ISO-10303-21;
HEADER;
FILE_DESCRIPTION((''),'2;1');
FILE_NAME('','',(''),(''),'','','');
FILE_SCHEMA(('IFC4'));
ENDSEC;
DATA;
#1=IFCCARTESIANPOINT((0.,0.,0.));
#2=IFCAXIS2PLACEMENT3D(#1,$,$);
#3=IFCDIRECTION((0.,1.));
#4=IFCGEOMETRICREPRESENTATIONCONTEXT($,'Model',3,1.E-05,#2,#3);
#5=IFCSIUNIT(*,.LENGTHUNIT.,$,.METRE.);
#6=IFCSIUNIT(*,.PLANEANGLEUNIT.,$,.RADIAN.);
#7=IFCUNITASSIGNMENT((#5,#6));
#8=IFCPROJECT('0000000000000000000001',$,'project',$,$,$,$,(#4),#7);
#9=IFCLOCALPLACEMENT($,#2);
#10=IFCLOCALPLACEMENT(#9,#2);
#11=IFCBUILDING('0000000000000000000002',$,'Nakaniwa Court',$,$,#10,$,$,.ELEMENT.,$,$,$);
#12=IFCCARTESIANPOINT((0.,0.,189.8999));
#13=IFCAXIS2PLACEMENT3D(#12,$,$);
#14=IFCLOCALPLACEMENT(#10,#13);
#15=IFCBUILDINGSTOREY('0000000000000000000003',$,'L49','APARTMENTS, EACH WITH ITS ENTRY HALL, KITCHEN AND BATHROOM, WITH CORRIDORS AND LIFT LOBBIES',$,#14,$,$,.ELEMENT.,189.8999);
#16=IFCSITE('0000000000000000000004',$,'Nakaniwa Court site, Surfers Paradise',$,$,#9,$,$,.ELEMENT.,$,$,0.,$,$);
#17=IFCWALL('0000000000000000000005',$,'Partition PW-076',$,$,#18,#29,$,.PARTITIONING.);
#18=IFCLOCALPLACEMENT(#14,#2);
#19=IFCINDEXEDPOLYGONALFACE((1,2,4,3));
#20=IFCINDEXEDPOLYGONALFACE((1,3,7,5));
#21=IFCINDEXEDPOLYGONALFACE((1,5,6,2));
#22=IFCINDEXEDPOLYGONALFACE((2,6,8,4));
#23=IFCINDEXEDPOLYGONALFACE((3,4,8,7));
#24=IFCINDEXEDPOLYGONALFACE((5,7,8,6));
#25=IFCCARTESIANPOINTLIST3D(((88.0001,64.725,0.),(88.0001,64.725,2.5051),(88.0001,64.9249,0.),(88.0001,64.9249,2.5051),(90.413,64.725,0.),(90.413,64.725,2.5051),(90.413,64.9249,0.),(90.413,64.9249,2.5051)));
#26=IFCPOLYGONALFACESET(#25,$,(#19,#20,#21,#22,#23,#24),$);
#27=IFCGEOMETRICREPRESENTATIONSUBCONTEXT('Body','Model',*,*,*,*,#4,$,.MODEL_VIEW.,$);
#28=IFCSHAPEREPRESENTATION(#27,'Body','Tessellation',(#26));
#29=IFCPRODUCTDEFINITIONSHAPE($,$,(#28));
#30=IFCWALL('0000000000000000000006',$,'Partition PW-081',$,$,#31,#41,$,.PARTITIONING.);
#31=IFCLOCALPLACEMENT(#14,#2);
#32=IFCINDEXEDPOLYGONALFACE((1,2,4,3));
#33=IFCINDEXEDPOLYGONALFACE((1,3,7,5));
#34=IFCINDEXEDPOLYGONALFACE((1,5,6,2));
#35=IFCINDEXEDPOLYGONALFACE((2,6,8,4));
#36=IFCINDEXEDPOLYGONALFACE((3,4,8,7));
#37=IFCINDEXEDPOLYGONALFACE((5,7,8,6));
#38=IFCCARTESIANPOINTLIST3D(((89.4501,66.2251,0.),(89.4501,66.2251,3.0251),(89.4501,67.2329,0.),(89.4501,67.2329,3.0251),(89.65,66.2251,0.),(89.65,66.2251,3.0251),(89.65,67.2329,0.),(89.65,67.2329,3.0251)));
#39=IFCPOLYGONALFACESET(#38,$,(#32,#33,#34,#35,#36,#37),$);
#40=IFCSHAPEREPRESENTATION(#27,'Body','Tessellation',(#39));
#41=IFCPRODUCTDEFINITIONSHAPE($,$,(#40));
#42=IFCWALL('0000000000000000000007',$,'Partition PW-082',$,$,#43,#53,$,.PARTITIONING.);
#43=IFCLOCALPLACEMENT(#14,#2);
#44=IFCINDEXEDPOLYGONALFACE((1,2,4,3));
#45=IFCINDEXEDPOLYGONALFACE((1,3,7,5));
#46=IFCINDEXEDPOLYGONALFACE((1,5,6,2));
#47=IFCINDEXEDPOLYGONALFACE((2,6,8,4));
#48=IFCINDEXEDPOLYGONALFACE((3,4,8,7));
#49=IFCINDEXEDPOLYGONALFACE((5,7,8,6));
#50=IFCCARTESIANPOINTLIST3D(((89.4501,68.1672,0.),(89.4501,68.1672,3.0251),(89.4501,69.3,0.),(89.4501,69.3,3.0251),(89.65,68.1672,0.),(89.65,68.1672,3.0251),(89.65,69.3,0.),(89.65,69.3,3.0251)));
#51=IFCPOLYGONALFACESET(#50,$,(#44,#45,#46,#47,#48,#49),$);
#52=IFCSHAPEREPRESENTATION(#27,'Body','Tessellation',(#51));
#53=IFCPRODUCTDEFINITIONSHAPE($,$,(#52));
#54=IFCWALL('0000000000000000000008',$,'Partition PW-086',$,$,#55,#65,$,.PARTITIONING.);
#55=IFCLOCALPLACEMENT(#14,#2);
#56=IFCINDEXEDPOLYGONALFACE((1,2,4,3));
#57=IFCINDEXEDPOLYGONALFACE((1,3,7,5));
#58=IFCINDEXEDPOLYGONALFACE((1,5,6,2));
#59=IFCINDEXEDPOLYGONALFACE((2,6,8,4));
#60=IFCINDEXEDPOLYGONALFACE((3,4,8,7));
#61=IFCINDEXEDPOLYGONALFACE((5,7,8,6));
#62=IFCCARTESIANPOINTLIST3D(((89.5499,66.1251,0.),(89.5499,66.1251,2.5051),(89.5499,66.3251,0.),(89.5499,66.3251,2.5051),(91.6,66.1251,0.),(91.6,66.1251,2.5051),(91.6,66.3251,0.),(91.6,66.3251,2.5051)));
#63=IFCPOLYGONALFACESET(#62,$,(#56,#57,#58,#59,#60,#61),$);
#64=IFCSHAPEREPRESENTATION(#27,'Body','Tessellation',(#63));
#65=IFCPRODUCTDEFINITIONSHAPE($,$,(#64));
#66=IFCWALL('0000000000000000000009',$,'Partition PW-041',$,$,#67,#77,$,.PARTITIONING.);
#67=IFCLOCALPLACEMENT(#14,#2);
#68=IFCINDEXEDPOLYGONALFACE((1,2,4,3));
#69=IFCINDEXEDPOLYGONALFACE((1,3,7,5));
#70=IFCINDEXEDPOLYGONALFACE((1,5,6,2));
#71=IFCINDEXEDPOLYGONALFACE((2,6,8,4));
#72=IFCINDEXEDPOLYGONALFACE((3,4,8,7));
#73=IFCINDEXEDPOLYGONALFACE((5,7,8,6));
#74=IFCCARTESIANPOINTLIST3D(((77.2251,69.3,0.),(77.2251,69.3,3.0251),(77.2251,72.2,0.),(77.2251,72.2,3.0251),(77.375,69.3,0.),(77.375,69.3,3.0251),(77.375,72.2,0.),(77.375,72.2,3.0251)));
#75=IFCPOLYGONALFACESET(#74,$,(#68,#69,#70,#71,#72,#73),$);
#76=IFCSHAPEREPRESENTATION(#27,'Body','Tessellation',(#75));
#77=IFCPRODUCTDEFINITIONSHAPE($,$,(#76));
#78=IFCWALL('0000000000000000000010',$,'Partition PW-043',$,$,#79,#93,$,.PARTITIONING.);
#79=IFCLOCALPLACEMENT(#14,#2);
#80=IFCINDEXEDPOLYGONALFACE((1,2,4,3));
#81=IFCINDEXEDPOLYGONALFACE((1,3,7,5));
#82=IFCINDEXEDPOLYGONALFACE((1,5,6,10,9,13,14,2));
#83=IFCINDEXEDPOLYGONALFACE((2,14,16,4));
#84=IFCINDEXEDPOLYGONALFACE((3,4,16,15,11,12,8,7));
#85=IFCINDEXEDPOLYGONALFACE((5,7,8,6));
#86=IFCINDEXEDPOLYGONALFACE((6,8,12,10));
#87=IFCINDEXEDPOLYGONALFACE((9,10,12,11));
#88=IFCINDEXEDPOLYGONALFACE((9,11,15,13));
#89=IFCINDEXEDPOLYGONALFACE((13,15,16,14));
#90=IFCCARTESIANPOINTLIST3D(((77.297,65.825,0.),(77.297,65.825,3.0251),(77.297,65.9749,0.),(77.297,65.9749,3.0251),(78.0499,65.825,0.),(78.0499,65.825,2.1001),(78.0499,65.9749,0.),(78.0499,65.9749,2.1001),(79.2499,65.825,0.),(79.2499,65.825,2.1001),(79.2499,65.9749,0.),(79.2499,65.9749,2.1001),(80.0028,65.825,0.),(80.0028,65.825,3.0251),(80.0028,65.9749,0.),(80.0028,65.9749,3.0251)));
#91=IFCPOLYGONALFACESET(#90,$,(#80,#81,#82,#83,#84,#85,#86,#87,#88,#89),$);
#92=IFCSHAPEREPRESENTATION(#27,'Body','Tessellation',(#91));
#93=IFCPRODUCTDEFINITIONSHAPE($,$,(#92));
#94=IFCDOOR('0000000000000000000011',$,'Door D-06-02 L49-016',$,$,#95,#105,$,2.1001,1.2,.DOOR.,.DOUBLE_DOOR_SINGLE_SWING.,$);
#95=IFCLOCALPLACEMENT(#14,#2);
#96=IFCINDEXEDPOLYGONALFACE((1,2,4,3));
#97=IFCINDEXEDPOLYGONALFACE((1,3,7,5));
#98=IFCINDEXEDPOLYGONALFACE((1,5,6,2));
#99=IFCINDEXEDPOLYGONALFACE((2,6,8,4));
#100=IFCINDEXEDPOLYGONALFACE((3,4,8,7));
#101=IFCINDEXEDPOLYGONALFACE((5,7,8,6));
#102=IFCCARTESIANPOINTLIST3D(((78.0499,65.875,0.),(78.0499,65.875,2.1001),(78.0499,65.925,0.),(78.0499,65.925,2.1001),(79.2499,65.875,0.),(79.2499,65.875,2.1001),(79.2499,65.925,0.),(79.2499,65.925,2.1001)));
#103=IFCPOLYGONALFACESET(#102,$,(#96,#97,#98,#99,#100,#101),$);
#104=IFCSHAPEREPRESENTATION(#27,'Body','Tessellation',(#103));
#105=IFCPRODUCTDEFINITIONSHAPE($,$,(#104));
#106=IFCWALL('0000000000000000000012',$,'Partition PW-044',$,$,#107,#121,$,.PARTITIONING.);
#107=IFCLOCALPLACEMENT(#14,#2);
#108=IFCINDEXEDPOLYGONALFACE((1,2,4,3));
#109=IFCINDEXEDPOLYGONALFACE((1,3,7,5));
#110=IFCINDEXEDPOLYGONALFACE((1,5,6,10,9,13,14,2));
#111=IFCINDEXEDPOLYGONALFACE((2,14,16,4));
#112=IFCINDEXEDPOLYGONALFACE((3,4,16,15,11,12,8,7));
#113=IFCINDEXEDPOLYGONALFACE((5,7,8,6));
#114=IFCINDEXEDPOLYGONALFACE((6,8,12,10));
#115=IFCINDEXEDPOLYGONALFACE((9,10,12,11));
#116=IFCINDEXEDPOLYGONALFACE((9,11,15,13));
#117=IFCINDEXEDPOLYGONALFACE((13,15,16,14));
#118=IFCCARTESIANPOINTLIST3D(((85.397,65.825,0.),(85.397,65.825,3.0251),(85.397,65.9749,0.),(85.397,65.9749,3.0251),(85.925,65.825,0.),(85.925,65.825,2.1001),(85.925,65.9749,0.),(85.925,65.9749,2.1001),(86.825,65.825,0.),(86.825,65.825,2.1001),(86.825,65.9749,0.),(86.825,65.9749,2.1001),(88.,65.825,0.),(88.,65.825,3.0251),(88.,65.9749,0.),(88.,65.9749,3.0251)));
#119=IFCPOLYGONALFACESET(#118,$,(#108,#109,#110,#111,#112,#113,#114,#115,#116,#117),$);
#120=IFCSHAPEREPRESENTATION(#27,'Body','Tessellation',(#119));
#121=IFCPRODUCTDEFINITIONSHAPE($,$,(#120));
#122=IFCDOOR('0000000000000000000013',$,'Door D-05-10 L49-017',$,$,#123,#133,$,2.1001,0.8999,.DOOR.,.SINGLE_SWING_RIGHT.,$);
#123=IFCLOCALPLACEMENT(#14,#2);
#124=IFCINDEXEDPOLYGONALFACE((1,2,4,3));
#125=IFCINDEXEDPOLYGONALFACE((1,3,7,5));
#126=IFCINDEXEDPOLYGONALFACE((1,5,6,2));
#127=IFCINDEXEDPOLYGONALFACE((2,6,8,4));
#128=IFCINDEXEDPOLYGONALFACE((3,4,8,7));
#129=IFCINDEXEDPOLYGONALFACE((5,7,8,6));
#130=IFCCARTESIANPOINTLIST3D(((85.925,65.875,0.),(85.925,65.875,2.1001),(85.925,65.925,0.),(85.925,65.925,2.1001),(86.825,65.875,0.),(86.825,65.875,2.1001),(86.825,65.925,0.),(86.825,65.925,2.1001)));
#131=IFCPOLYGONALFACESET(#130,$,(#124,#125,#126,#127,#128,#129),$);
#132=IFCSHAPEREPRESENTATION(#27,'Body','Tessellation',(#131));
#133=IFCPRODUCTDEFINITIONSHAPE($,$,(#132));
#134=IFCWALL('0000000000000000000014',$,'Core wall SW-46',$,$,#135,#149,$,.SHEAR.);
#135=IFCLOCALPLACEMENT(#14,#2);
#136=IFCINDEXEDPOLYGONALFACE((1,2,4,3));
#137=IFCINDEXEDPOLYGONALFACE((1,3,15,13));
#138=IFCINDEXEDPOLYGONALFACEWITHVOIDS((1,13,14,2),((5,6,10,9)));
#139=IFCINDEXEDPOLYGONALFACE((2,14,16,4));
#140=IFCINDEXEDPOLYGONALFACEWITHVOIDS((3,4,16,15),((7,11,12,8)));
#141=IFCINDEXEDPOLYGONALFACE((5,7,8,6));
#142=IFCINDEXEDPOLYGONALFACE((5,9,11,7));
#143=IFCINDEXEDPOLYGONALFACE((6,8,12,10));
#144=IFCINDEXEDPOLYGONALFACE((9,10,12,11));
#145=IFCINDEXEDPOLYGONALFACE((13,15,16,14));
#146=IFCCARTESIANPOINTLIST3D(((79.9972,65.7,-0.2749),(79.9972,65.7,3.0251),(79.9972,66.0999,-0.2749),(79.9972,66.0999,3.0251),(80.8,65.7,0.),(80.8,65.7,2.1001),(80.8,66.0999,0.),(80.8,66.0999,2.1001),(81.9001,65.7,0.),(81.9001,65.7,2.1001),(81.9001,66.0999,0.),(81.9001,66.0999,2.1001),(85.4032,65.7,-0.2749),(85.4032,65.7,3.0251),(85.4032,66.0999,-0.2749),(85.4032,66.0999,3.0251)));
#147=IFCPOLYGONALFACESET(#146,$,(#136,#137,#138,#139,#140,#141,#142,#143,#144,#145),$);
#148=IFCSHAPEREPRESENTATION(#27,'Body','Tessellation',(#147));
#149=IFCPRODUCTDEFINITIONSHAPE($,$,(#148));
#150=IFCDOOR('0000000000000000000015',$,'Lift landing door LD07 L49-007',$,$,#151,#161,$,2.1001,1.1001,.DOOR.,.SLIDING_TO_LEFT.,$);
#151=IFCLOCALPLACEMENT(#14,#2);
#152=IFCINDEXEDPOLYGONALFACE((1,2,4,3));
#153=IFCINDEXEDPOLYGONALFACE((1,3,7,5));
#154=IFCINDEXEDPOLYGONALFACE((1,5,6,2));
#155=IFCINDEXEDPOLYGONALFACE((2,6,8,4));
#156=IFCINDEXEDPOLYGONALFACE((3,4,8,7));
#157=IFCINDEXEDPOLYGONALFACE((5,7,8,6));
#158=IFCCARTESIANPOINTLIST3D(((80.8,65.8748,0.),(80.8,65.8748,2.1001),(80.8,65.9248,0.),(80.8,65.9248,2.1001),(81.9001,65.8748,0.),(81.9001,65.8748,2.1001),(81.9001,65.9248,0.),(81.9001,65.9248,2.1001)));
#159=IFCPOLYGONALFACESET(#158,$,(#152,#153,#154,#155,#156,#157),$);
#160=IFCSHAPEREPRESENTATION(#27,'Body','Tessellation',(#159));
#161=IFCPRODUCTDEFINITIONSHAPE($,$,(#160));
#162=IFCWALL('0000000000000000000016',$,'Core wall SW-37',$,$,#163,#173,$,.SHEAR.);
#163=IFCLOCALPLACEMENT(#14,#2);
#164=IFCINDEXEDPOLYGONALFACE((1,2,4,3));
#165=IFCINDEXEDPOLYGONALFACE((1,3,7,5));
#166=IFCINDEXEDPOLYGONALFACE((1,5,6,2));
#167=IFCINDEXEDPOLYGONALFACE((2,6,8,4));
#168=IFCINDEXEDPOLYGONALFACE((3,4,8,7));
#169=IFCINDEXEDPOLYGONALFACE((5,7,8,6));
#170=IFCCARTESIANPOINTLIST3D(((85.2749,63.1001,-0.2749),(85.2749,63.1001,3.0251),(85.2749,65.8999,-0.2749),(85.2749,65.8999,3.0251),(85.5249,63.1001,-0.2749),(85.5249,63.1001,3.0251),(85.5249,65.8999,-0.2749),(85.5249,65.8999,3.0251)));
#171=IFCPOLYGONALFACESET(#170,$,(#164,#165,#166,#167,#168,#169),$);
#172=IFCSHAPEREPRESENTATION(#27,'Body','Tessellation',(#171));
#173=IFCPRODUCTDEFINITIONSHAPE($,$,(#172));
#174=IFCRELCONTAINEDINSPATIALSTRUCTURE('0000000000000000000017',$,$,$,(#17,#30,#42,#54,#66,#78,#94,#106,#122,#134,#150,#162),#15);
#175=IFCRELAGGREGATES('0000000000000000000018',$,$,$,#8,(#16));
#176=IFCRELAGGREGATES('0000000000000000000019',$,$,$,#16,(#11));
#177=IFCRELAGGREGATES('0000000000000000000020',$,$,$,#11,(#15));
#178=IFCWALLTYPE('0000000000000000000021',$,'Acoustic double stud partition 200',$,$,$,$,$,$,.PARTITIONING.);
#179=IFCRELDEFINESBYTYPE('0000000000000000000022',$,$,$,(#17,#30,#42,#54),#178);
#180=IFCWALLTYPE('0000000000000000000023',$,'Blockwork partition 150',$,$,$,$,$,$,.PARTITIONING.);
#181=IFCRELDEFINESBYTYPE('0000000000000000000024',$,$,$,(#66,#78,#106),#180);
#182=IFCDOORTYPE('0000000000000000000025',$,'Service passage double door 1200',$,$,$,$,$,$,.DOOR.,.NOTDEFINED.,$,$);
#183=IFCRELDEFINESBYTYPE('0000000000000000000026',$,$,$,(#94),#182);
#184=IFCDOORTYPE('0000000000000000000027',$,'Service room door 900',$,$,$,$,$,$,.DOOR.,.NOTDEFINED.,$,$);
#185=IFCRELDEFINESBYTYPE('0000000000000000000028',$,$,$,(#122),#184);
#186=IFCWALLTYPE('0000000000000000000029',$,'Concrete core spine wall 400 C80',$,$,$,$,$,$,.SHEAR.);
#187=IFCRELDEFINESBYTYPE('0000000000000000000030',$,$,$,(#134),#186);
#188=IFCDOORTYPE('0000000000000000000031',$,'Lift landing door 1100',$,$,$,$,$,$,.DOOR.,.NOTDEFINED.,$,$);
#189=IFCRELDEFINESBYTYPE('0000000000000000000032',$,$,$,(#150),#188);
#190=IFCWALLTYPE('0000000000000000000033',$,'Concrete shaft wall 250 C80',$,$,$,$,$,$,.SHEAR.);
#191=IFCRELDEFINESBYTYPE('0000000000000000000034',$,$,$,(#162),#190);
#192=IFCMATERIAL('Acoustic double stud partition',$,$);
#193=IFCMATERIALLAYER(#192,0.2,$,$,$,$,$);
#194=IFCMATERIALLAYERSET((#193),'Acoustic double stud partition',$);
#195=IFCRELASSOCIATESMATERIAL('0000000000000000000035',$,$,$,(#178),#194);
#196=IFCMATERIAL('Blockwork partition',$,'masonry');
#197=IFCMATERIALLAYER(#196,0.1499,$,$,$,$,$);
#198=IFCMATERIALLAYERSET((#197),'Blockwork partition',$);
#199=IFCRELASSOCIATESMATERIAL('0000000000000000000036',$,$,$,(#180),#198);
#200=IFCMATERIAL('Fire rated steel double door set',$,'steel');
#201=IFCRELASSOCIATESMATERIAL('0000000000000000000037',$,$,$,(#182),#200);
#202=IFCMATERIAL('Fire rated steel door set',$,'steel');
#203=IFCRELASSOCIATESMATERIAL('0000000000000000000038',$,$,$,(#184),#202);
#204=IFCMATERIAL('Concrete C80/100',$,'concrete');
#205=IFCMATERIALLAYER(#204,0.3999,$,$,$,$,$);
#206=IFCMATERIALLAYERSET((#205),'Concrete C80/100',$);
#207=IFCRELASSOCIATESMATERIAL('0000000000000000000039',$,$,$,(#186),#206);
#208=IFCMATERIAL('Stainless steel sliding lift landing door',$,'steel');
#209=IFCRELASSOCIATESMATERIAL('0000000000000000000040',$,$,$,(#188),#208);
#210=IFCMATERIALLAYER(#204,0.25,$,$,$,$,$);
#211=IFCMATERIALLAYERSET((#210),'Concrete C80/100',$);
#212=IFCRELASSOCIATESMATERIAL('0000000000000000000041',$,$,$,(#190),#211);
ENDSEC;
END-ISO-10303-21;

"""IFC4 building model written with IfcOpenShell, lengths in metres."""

from ifc_helpers import new_model, si_unit, direction, frame, frame_2d, origin, place, context, subcontext, project, spatial, rectangle, extrude, material, layer, layer_set, type_object, element, fill, save


model = new_model("IFC4")

# Units and contexts
model_context = context("Model", 3, precision=1e-05, world=origin(), true_north=direction((0.0, 1.0)))
body_context = subcontext(model_context, "Body", "Model", "MODEL_VIEW")
ifc_project = project(units=[si_unit("LENGTHUNIT", "METRE"), si_unit("PLANEANGLEUNIT", "RADIAN")], contexts=[model_context])

# Site, building, storey
site_placement = place(None, origin())
site = spatial("IfcSite", under=ifc_project, at=site_placement, Name="Nakaniwa Court site, Surfers Paradise", CompositionType="ELEMENT", RefElevation=0.0)
building_placement = place(site_placement, origin())
building = spatial("IfcBuilding", under=site, at=building_placement, Name="Nakaniwa Court", CompositionType="ELEMENT")
storey_placement = place(building_placement, frame((0.0, 0.0, 189.8999)))
storey = spatial("IfcBuildingStorey", under=building, at=storey_placement, Name="L49", Description="APARTMENTS, EACH WITH ITS ENTRY HALL, KITCHEN AND BATHROOM, WITH CORRIDORS AND LIFT LOBBIES", CompositionType="ELEMENT", Elevation=189.8999)

# Walls
ifc_material_1 = material(Name="Acoustic double stud partition")
ifc_layer_1 = layer(ifc_material_1, 0.2)
ifc_layer_set_1 = layer_set([ifc_layer_1], Name="Acoustic double stud partition")
wall_type_1 = type_object("IfcWallType", Name="Acoustic double stud partition 200", PredefinedType="PARTITIONING", material=ifc_layer_set_1)
wall_1_placement = place(storey_placement, frame((88.0, 64.825, 0.0), z_axis=(0.0, 0.0, 1.0), x_axis=(1.0, 0.0, 0.0)))
element("IfcWall", 1, at=wall_1_placement, inside=storey, type_object=wall_type_1, Name="Partition PW-076", PredefinedType="PARTITIONING", context=body_context, shape_type="SweptSolid", body=[
    extrude(rectangle(XDim=2.4128, YDim=0.2, at=frame_2d((1.2065, 0.0))), origin(), (0.0, 0.0, 1.0), 2.5051),
])
wall_2_placement = place(storey_placement, frame((89.55, 66.2251, 0.0), z_axis=(0.0, 0.0, 1.0), x_axis=(0.0, 1.0, 0.0)))
element("IfcWall", 2, at=wall_2_placement, inside=storey, type_object=wall_type_1, Name="Partition PW-081", PredefinedType="PARTITIONING", context=body_context, shape_type="SweptSolid", body=[
    extrude(rectangle(XDim=1.0078, YDim=0.2, at=frame_2d((0.5039, 0.0))), origin(), (0.0, 0.0, 1.0), 3.0251),
])
wall_3_placement = place(storey_placement, frame((89.55, 68.1672, 0.0), z_axis=(0.0, 0.0, 1.0), x_axis=(0.0, 1.0, 0.0)))
element("IfcWall", 3, at=wall_3_placement, inside=storey, type_object=wall_type_1, Name="Partition PW-082", PredefinedType="PARTITIONING", context=body_context, shape_type="SweptSolid", body=[
    extrude(rectangle(XDim=1.1328, YDim=0.2, at=frame_2d((0.5664, 0.0))), origin(), (0.0, 0.0, 1.0), 3.0251),
])
wall_4_placement = place(storey_placement, frame((89.55, 66.2251, 0.0), z_axis=(0.0, 0.0, 1.0), x_axis=(1.0, 0.0, 0.0)))
element("IfcWall", 4, at=wall_4_placement, inside=storey, type_object=wall_type_1, Name="Partition PW-086", PredefinedType="PARTITIONING", context=body_context, shape_type="SweptSolid", body=[
    extrude(rectangle(XDim=2.05, YDim=0.2, at=frame_2d((1.0249, 0.0))), origin(), (0.0, 0.0, 1.0), 2.5051),
])
ifc_material_2 = material(Name="Blockwork partition", Category="masonry")
ifc_layer_2 = layer(ifc_material_2, 0.1499)
ifc_layer_set_2 = layer_set([ifc_layer_2], Name="Blockwork partition")
wall_type_2 = type_object("IfcWallType", Name="Blockwork partition 150", PredefinedType="PARTITIONING", material=ifc_layer_set_2)
wall_5_placement = place(storey_placement, frame((77.3, 69.3, 0.0), z_axis=(0.0, 0.0, 1.0), x_axis=(0.0, 1.0, 0.0)))
element("IfcWall", 5, at=wall_5_placement, inside=storey, type_object=wall_type_2, Name="Partition PW-041", PredefinedType="PARTITIONING", context=body_context, shape_type="SweptSolid", body=[
    extrude(rectangle(XDim=2.8999, YDim=0.1499, at=frame_2d((1.45, 0.0))), origin(), (0.0, 0.0, 1.0), 3.0251),
])

# Walls, openings, doors
wall_6_placement = place(storey_placement, frame((80.0029, 65.8999, 0.0), z_axis=(0.0, 0.0, 1.0), x_axis=(-1.0, 0.0, 0.0)))
wall_6 = element("IfcWall", 6, at=wall_6_placement, inside=storey, type_object=wall_type_2, Name="Partition PW-043", PredefinedType="PARTITIONING", context=body_context, shape_type="SweptSolid", body=[
    extrude(rectangle(XDim=2.7058, YDim=0.1499, at=frame_2d((1.353, 0.0))), origin(), (0.0, 0.0, 1.0), 3.0251),
])
opening_1_placement = place(wall_6_placement, frame((0.7529, 0.0, 0.0)))
opening_1 = element("IfcOpeningElement", 7, at=opening_1_placement, cuts=wall_6, PredefinedType="OPENING", context=body_context, shape_type="SweptSolid", body=[
    extrude(rectangle(XDim=1.2, YDim=2.1001, at=frame_2d((0.6001, 1.05))), frame((0.0, 0.085, 0.0), z_axis=(0.0, -1.0, 0.0), x_axis=(1.0, 0.0, 0.0)), (0.0, 0.0, 1.0), 0.1699),
])
ifc_material_3 = material(Name="Fire rated steel double door set", Category="steel")
door_type_1 = type_object("IfcDoorType", Name="Service passage double door 1200", OperationType="NOTDEFINED", PredefinedType="DOOR", material=ifc_material_3)
door_1_placement = place(opening_1_placement, origin())
door_1 = element("IfcDoor", 8, at=door_1_placement, inside=storey, type_object=door_type_1, Name="Door D-06-02 L49-016", OperationType="DOUBLE_DOOR_SINGLE_SWING", OverallHeight=2.1001, OverallWidth=1.2, PredefinedType="DOOR", context=body_context, shape_type="SweptSolid", body=[
    extrude(rectangle(XDim=1.2, YDim=2.1001, at=frame_2d((0.6001, 1.05))), frame((0.0, 0.0249, 0.0), z_axis=(0.0, -1.0, 0.0), x_axis=(1.0, 0.0, 0.0)), (0.0, 0.0, 1.0), 0.05),
])
fill(opening_1, door_1)
wall_7_placement = place(storey_placement, frame((88.0, 65.8999, 0.0), z_axis=(0.0, 0.0, 1.0), x_axis=(-1.0, 0.0, 0.0)))
wall_7 = element("IfcWall", 9, at=wall_7_placement, inside=storey, type_object=wall_type_2, Name="Partition PW-044", PredefinedType="PARTITIONING", context=body_context, shape_type="SweptSolid", body=[
    extrude(rectangle(XDim=2.603, YDim=0.1499, at=frame_2d((1.3015, 0.0))), origin(), (0.0, 0.0, 1.0), 3.0251),
])
opening_2_placement = place(wall_7_placement, frame((1.175, 0.0, 0.0)))
opening_2 = element("IfcOpeningElement", 10, at=opening_2_placement, cuts=wall_7, PredefinedType="OPENING", context=body_context, shape_type="SweptSolid", body=[
    extrude(rectangle(XDim=0.8999, YDim=2.1001, at=frame_2d((0.45, 1.05))), frame((0.0, 0.085, 0.0), z_axis=(0.0, -1.0, 0.0), x_axis=(1.0, 0.0, 0.0)), (0.0, 0.0, 1.0), 0.1699),
])
ifc_material_4 = material(Name="Fire rated steel door set", Category="steel")
door_type_2 = type_object("IfcDoorType", Name="Service room door 900", OperationType="NOTDEFINED", PredefinedType="DOOR", material=ifc_material_4)
door_2_placement = place(opening_2_placement, origin())
door_2 = element("IfcDoor", 11, at=door_2_placement, inside=storey, type_object=door_type_2, Name="Door D-05-10 L49-017", OperationType="SINGLE_SWING_RIGHT", OverallHeight=2.1001, OverallWidth=0.8999, PredefinedType="DOOR", context=body_context, shape_type="SweptSolid", body=[
    extrude(rectangle(XDim=0.8999, YDim=2.1001, at=frame_2d((0.45, 1.05))), frame((0.0, 0.0249, 0.0), z_axis=(0.0, -1.0, 0.0), x_axis=(1.0, 0.0, 0.0)), (0.0, 0.0, 1.0), 0.05),
])
fill(opening_2, door_2)
ifc_material_5 = material(Name="Concrete C80/100", Category="concrete")
ifc_layer_3 = layer(ifc_material_5, 0.3999)
ifc_layer_set_3 = layer_set([ifc_layer_3], Name="Concrete C80/100")
wall_type_3 = type_object("IfcWallType", Name="Concrete core spine wall 400 C80", PredefinedType="SHEAR", material=ifc_layer_set_3)
wall_8_placement = place(storey_placement, frame((79.9971, 65.8999, -0.2749), z_axis=(0.0, 0.0, 1.0), x_axis=(1.0, 0.0, 0.0)))
wall_8 = element("IfcWall", 12, at=wall_8_placement, inside=storey, type_object=wall_type_3, Name="Core wall SW-46", PredefinedType="SHEAR", context=body_context, shape_type="SweptSolid", body=[
    extrude(rectangle(XDim=5.406, YDim=0.3999, at=frame_2d((2.7031, 0.0))), origin(), (0.0, 0.0, 1.0), 3.3),
])
opening_3_placement = place(wall_8_placement, frame((0.803, 0.0, 0.2749)))
opening_3 = element("IfcOpeningElement", 13, at=opening_3_placement, cuts=wall_8, PredefinedType="OPENING", context=body_context, shape_type="SweptSolid", body=[
    extrude(rectangle(XDim=1.1001, YDim=2.1001, at=frame_2d((0.55, 1.05))), frame((0.0, 0.21, 0.0), z_axis=(0.0, -1.0, 0.0), x_axis=(1.0, 0.0, 0.0)), (0.0, 0.0, 1.0), 0.4199),
])
ifc_material_6 = material(Name="Stainless steel sliding lift landing door", Category="steel")
door_type_3 = type_object("IfcDoorType", Name="Lift landing door 1100", OperationType="NOTDEFINED", PredefinedType="DOOR", material=ifc_material_6)
door_3_placement = place(opening_3_placement, origin())
door_3 = element("IfcDoor", 14, at=door_3_placement, inside=storey, type_object=door_type_3, Name="Lift landing door LD07 L49-007", OperationType="SLIDING_TO_LEFT", OverallHeight=2.1001, OverallWidth=1.1001, PredefinedType="DOOR", context=body_context, shape_type="SweptSolid", body=[
    extrude(rectangle(XDim=1.1001, YDim=2.1001, at=frame_2d((0.55, 1.05))), frame((0.0, 0.0249, 0.0), z_axis=(0.0, -1.0, 0.0), x_axis=(1.0, 0.0, 0.0)), (0.0, 0.0, 1.0), 0.05),
])
fill(opening_3, door_3)

# Wall
ifc_layer_4 = layer(ifc_material_5, 0.25)
ifc_layer_set_4 = layer_set([ifc_layer_4], Name="Concrete C80/100")
wall_type_4 = type_object("IfcWallType", Name="Concrete shaft wall 250 C80", PredefinedType="SHEAR", material=ifc_layer_set_4)
wall_9_placement = place(storey_placement, frame((85.3999, 63.1001, -0.2749), z_axis=(0.0, 0.0, 1.0), x_axis=(0.0, 1.0, 0.0)))
element("IfcWall", 15, at=wall_9_placement, inside=storey, type_object=wall_type_4, Name="Core wall SW-37", PredefinedType="SHEAR", context=body_context, shape_type="SweptSolid", body=[
    extrude(rectangle(XDim=2.7998, YDim=0.25, at=frame_2d((1.3999, 0.0))), origin(), (0.0, 0.0, 1.0), 3.3),
])

save(model, "model.ifc")
